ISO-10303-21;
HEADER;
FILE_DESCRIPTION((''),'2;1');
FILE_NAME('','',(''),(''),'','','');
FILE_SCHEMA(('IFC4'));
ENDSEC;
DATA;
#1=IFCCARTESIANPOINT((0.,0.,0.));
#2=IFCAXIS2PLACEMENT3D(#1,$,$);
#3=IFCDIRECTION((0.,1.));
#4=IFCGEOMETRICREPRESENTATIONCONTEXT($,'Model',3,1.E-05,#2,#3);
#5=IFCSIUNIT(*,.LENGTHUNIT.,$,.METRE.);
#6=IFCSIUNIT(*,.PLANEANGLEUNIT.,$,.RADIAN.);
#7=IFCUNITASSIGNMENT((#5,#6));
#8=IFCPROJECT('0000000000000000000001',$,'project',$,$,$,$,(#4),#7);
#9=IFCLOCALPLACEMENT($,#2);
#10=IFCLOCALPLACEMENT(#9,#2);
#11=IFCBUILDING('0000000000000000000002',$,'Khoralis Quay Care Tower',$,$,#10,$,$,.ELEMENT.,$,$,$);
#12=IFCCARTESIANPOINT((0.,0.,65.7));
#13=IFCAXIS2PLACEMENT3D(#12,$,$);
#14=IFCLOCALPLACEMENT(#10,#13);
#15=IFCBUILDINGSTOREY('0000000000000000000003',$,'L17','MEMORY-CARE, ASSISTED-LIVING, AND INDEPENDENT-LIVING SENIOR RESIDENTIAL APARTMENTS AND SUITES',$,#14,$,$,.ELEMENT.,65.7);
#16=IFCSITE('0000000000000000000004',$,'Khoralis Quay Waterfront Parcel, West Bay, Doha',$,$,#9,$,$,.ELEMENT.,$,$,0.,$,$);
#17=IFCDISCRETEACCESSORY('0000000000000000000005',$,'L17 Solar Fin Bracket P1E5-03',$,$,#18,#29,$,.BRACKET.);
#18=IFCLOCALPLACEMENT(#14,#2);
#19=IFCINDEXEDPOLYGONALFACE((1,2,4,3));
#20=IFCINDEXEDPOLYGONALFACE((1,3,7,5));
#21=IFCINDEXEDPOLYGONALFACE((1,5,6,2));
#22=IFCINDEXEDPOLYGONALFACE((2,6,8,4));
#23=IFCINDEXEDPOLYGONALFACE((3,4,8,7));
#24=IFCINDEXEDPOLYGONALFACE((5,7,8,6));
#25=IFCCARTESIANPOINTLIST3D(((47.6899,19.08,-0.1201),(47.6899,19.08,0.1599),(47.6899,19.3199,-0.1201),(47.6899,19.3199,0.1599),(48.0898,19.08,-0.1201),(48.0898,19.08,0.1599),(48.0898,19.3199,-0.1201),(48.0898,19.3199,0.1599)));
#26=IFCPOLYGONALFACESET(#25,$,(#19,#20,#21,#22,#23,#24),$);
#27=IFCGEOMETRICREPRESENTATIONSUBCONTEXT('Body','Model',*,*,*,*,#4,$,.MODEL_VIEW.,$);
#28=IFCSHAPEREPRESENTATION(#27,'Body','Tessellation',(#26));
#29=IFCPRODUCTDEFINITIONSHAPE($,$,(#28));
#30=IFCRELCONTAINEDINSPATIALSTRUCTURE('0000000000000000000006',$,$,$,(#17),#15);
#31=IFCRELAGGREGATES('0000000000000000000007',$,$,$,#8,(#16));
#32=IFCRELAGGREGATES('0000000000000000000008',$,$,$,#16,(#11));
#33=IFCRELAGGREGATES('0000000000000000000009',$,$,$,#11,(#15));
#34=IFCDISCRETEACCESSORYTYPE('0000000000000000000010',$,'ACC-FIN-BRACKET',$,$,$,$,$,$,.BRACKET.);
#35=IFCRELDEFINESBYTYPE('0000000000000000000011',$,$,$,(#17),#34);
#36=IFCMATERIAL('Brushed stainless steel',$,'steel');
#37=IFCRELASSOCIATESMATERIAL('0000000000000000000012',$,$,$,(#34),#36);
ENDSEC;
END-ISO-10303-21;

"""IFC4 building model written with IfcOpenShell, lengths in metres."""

from ifc_helpers import new_model, si_unit, direction, frame, origin, origin_2d, place, context, subcontext, project, spatial, rectangle, extrude, source, transform, mapped, material, type_object, element, save


model = new_model("IFC4")

# Units and contexts
model_context = context("Model", 3, precision=1e-05, world=origin(), true_north=direction((0.0, 1.0)))
body_context = subcontext(model_context, "Body", "Model", "MODEL_VIEW")
ifc_project = project(units=[si_unit("LENGTHUNIT", "METRE"), si_unit("PLANEANGLEUNIT", "RADIAN")], contexts=[model_context])

# Site, building, storey
site_placement = place(None, origin())
site = spatial("IfcSite", under=ifc_project, at=site_placement, Name="Khoralis Quay Waterfront Parcel, West Bay, Doha", CompositionType="ELEMENT", RefElevation=0.0)
building_placement = place(site_placement, origin())
building = spatial("IfcBuilding", under=site, at=building_placement, Name="Khoralis Quay Care Tower", CompositionType="ELEMENT")
storey_placement = place(building_placement, frame((0.0, 0.0, 65.7)))
storey = spatial("IfcBuildingStorey", under=building, at=storey_placement, Name="L17", Description="MEMORY-CARE, ASSISTED-LIVING, AND INDEPENDENT-LIVING SENIOR RESIDENTIAL APARTMENTS AND SUITES", CompositionType="ELEMENT", Elevation=65.7)

# Shared definitions
ifc_material_1 = material(Name="Brushed stainless steel", Category="steel")

# Discrete accessory
discrete_accessory_type = type_object("IfcDiscreteAccessoryType", Name="ACC-FIN-BRACKET", PredefinedType="BRACKET", material=ifc_material_1)
shared_shape_1 = source(origin(), body_context, "Body", "SweptSolid", [
    extrude(rectangle(XDim=0.3999, YDim=0.24, at=origin_2d()), origin(), (0.0, 0.0, 1.0), 0.28),
])
for number, where, z_axis, x_axis, name in (
    (1, (47.8899, 19.2, -0.1201), (0.0, 0.0, 1.0), (1.0, 0.0, 0.0), "L17 Solar Fin Bracket P1E5-03"),
):
    element("IfcDiscreteAccessory", number, at=place(storey_placement, frame(where, z_axis=z_axis, x_axis=x_axis)), inside=storey, type_object=discrete_accessory_type, Name=name, PredefinedType="BRACKET", context=body_context, shape_type="MappedRepresentation", body=[
        mapped(shared_shape_1, transform((0.0, 0.0, 0.0), scale=1.0)),
    ])

save(model, "model.ifc")
